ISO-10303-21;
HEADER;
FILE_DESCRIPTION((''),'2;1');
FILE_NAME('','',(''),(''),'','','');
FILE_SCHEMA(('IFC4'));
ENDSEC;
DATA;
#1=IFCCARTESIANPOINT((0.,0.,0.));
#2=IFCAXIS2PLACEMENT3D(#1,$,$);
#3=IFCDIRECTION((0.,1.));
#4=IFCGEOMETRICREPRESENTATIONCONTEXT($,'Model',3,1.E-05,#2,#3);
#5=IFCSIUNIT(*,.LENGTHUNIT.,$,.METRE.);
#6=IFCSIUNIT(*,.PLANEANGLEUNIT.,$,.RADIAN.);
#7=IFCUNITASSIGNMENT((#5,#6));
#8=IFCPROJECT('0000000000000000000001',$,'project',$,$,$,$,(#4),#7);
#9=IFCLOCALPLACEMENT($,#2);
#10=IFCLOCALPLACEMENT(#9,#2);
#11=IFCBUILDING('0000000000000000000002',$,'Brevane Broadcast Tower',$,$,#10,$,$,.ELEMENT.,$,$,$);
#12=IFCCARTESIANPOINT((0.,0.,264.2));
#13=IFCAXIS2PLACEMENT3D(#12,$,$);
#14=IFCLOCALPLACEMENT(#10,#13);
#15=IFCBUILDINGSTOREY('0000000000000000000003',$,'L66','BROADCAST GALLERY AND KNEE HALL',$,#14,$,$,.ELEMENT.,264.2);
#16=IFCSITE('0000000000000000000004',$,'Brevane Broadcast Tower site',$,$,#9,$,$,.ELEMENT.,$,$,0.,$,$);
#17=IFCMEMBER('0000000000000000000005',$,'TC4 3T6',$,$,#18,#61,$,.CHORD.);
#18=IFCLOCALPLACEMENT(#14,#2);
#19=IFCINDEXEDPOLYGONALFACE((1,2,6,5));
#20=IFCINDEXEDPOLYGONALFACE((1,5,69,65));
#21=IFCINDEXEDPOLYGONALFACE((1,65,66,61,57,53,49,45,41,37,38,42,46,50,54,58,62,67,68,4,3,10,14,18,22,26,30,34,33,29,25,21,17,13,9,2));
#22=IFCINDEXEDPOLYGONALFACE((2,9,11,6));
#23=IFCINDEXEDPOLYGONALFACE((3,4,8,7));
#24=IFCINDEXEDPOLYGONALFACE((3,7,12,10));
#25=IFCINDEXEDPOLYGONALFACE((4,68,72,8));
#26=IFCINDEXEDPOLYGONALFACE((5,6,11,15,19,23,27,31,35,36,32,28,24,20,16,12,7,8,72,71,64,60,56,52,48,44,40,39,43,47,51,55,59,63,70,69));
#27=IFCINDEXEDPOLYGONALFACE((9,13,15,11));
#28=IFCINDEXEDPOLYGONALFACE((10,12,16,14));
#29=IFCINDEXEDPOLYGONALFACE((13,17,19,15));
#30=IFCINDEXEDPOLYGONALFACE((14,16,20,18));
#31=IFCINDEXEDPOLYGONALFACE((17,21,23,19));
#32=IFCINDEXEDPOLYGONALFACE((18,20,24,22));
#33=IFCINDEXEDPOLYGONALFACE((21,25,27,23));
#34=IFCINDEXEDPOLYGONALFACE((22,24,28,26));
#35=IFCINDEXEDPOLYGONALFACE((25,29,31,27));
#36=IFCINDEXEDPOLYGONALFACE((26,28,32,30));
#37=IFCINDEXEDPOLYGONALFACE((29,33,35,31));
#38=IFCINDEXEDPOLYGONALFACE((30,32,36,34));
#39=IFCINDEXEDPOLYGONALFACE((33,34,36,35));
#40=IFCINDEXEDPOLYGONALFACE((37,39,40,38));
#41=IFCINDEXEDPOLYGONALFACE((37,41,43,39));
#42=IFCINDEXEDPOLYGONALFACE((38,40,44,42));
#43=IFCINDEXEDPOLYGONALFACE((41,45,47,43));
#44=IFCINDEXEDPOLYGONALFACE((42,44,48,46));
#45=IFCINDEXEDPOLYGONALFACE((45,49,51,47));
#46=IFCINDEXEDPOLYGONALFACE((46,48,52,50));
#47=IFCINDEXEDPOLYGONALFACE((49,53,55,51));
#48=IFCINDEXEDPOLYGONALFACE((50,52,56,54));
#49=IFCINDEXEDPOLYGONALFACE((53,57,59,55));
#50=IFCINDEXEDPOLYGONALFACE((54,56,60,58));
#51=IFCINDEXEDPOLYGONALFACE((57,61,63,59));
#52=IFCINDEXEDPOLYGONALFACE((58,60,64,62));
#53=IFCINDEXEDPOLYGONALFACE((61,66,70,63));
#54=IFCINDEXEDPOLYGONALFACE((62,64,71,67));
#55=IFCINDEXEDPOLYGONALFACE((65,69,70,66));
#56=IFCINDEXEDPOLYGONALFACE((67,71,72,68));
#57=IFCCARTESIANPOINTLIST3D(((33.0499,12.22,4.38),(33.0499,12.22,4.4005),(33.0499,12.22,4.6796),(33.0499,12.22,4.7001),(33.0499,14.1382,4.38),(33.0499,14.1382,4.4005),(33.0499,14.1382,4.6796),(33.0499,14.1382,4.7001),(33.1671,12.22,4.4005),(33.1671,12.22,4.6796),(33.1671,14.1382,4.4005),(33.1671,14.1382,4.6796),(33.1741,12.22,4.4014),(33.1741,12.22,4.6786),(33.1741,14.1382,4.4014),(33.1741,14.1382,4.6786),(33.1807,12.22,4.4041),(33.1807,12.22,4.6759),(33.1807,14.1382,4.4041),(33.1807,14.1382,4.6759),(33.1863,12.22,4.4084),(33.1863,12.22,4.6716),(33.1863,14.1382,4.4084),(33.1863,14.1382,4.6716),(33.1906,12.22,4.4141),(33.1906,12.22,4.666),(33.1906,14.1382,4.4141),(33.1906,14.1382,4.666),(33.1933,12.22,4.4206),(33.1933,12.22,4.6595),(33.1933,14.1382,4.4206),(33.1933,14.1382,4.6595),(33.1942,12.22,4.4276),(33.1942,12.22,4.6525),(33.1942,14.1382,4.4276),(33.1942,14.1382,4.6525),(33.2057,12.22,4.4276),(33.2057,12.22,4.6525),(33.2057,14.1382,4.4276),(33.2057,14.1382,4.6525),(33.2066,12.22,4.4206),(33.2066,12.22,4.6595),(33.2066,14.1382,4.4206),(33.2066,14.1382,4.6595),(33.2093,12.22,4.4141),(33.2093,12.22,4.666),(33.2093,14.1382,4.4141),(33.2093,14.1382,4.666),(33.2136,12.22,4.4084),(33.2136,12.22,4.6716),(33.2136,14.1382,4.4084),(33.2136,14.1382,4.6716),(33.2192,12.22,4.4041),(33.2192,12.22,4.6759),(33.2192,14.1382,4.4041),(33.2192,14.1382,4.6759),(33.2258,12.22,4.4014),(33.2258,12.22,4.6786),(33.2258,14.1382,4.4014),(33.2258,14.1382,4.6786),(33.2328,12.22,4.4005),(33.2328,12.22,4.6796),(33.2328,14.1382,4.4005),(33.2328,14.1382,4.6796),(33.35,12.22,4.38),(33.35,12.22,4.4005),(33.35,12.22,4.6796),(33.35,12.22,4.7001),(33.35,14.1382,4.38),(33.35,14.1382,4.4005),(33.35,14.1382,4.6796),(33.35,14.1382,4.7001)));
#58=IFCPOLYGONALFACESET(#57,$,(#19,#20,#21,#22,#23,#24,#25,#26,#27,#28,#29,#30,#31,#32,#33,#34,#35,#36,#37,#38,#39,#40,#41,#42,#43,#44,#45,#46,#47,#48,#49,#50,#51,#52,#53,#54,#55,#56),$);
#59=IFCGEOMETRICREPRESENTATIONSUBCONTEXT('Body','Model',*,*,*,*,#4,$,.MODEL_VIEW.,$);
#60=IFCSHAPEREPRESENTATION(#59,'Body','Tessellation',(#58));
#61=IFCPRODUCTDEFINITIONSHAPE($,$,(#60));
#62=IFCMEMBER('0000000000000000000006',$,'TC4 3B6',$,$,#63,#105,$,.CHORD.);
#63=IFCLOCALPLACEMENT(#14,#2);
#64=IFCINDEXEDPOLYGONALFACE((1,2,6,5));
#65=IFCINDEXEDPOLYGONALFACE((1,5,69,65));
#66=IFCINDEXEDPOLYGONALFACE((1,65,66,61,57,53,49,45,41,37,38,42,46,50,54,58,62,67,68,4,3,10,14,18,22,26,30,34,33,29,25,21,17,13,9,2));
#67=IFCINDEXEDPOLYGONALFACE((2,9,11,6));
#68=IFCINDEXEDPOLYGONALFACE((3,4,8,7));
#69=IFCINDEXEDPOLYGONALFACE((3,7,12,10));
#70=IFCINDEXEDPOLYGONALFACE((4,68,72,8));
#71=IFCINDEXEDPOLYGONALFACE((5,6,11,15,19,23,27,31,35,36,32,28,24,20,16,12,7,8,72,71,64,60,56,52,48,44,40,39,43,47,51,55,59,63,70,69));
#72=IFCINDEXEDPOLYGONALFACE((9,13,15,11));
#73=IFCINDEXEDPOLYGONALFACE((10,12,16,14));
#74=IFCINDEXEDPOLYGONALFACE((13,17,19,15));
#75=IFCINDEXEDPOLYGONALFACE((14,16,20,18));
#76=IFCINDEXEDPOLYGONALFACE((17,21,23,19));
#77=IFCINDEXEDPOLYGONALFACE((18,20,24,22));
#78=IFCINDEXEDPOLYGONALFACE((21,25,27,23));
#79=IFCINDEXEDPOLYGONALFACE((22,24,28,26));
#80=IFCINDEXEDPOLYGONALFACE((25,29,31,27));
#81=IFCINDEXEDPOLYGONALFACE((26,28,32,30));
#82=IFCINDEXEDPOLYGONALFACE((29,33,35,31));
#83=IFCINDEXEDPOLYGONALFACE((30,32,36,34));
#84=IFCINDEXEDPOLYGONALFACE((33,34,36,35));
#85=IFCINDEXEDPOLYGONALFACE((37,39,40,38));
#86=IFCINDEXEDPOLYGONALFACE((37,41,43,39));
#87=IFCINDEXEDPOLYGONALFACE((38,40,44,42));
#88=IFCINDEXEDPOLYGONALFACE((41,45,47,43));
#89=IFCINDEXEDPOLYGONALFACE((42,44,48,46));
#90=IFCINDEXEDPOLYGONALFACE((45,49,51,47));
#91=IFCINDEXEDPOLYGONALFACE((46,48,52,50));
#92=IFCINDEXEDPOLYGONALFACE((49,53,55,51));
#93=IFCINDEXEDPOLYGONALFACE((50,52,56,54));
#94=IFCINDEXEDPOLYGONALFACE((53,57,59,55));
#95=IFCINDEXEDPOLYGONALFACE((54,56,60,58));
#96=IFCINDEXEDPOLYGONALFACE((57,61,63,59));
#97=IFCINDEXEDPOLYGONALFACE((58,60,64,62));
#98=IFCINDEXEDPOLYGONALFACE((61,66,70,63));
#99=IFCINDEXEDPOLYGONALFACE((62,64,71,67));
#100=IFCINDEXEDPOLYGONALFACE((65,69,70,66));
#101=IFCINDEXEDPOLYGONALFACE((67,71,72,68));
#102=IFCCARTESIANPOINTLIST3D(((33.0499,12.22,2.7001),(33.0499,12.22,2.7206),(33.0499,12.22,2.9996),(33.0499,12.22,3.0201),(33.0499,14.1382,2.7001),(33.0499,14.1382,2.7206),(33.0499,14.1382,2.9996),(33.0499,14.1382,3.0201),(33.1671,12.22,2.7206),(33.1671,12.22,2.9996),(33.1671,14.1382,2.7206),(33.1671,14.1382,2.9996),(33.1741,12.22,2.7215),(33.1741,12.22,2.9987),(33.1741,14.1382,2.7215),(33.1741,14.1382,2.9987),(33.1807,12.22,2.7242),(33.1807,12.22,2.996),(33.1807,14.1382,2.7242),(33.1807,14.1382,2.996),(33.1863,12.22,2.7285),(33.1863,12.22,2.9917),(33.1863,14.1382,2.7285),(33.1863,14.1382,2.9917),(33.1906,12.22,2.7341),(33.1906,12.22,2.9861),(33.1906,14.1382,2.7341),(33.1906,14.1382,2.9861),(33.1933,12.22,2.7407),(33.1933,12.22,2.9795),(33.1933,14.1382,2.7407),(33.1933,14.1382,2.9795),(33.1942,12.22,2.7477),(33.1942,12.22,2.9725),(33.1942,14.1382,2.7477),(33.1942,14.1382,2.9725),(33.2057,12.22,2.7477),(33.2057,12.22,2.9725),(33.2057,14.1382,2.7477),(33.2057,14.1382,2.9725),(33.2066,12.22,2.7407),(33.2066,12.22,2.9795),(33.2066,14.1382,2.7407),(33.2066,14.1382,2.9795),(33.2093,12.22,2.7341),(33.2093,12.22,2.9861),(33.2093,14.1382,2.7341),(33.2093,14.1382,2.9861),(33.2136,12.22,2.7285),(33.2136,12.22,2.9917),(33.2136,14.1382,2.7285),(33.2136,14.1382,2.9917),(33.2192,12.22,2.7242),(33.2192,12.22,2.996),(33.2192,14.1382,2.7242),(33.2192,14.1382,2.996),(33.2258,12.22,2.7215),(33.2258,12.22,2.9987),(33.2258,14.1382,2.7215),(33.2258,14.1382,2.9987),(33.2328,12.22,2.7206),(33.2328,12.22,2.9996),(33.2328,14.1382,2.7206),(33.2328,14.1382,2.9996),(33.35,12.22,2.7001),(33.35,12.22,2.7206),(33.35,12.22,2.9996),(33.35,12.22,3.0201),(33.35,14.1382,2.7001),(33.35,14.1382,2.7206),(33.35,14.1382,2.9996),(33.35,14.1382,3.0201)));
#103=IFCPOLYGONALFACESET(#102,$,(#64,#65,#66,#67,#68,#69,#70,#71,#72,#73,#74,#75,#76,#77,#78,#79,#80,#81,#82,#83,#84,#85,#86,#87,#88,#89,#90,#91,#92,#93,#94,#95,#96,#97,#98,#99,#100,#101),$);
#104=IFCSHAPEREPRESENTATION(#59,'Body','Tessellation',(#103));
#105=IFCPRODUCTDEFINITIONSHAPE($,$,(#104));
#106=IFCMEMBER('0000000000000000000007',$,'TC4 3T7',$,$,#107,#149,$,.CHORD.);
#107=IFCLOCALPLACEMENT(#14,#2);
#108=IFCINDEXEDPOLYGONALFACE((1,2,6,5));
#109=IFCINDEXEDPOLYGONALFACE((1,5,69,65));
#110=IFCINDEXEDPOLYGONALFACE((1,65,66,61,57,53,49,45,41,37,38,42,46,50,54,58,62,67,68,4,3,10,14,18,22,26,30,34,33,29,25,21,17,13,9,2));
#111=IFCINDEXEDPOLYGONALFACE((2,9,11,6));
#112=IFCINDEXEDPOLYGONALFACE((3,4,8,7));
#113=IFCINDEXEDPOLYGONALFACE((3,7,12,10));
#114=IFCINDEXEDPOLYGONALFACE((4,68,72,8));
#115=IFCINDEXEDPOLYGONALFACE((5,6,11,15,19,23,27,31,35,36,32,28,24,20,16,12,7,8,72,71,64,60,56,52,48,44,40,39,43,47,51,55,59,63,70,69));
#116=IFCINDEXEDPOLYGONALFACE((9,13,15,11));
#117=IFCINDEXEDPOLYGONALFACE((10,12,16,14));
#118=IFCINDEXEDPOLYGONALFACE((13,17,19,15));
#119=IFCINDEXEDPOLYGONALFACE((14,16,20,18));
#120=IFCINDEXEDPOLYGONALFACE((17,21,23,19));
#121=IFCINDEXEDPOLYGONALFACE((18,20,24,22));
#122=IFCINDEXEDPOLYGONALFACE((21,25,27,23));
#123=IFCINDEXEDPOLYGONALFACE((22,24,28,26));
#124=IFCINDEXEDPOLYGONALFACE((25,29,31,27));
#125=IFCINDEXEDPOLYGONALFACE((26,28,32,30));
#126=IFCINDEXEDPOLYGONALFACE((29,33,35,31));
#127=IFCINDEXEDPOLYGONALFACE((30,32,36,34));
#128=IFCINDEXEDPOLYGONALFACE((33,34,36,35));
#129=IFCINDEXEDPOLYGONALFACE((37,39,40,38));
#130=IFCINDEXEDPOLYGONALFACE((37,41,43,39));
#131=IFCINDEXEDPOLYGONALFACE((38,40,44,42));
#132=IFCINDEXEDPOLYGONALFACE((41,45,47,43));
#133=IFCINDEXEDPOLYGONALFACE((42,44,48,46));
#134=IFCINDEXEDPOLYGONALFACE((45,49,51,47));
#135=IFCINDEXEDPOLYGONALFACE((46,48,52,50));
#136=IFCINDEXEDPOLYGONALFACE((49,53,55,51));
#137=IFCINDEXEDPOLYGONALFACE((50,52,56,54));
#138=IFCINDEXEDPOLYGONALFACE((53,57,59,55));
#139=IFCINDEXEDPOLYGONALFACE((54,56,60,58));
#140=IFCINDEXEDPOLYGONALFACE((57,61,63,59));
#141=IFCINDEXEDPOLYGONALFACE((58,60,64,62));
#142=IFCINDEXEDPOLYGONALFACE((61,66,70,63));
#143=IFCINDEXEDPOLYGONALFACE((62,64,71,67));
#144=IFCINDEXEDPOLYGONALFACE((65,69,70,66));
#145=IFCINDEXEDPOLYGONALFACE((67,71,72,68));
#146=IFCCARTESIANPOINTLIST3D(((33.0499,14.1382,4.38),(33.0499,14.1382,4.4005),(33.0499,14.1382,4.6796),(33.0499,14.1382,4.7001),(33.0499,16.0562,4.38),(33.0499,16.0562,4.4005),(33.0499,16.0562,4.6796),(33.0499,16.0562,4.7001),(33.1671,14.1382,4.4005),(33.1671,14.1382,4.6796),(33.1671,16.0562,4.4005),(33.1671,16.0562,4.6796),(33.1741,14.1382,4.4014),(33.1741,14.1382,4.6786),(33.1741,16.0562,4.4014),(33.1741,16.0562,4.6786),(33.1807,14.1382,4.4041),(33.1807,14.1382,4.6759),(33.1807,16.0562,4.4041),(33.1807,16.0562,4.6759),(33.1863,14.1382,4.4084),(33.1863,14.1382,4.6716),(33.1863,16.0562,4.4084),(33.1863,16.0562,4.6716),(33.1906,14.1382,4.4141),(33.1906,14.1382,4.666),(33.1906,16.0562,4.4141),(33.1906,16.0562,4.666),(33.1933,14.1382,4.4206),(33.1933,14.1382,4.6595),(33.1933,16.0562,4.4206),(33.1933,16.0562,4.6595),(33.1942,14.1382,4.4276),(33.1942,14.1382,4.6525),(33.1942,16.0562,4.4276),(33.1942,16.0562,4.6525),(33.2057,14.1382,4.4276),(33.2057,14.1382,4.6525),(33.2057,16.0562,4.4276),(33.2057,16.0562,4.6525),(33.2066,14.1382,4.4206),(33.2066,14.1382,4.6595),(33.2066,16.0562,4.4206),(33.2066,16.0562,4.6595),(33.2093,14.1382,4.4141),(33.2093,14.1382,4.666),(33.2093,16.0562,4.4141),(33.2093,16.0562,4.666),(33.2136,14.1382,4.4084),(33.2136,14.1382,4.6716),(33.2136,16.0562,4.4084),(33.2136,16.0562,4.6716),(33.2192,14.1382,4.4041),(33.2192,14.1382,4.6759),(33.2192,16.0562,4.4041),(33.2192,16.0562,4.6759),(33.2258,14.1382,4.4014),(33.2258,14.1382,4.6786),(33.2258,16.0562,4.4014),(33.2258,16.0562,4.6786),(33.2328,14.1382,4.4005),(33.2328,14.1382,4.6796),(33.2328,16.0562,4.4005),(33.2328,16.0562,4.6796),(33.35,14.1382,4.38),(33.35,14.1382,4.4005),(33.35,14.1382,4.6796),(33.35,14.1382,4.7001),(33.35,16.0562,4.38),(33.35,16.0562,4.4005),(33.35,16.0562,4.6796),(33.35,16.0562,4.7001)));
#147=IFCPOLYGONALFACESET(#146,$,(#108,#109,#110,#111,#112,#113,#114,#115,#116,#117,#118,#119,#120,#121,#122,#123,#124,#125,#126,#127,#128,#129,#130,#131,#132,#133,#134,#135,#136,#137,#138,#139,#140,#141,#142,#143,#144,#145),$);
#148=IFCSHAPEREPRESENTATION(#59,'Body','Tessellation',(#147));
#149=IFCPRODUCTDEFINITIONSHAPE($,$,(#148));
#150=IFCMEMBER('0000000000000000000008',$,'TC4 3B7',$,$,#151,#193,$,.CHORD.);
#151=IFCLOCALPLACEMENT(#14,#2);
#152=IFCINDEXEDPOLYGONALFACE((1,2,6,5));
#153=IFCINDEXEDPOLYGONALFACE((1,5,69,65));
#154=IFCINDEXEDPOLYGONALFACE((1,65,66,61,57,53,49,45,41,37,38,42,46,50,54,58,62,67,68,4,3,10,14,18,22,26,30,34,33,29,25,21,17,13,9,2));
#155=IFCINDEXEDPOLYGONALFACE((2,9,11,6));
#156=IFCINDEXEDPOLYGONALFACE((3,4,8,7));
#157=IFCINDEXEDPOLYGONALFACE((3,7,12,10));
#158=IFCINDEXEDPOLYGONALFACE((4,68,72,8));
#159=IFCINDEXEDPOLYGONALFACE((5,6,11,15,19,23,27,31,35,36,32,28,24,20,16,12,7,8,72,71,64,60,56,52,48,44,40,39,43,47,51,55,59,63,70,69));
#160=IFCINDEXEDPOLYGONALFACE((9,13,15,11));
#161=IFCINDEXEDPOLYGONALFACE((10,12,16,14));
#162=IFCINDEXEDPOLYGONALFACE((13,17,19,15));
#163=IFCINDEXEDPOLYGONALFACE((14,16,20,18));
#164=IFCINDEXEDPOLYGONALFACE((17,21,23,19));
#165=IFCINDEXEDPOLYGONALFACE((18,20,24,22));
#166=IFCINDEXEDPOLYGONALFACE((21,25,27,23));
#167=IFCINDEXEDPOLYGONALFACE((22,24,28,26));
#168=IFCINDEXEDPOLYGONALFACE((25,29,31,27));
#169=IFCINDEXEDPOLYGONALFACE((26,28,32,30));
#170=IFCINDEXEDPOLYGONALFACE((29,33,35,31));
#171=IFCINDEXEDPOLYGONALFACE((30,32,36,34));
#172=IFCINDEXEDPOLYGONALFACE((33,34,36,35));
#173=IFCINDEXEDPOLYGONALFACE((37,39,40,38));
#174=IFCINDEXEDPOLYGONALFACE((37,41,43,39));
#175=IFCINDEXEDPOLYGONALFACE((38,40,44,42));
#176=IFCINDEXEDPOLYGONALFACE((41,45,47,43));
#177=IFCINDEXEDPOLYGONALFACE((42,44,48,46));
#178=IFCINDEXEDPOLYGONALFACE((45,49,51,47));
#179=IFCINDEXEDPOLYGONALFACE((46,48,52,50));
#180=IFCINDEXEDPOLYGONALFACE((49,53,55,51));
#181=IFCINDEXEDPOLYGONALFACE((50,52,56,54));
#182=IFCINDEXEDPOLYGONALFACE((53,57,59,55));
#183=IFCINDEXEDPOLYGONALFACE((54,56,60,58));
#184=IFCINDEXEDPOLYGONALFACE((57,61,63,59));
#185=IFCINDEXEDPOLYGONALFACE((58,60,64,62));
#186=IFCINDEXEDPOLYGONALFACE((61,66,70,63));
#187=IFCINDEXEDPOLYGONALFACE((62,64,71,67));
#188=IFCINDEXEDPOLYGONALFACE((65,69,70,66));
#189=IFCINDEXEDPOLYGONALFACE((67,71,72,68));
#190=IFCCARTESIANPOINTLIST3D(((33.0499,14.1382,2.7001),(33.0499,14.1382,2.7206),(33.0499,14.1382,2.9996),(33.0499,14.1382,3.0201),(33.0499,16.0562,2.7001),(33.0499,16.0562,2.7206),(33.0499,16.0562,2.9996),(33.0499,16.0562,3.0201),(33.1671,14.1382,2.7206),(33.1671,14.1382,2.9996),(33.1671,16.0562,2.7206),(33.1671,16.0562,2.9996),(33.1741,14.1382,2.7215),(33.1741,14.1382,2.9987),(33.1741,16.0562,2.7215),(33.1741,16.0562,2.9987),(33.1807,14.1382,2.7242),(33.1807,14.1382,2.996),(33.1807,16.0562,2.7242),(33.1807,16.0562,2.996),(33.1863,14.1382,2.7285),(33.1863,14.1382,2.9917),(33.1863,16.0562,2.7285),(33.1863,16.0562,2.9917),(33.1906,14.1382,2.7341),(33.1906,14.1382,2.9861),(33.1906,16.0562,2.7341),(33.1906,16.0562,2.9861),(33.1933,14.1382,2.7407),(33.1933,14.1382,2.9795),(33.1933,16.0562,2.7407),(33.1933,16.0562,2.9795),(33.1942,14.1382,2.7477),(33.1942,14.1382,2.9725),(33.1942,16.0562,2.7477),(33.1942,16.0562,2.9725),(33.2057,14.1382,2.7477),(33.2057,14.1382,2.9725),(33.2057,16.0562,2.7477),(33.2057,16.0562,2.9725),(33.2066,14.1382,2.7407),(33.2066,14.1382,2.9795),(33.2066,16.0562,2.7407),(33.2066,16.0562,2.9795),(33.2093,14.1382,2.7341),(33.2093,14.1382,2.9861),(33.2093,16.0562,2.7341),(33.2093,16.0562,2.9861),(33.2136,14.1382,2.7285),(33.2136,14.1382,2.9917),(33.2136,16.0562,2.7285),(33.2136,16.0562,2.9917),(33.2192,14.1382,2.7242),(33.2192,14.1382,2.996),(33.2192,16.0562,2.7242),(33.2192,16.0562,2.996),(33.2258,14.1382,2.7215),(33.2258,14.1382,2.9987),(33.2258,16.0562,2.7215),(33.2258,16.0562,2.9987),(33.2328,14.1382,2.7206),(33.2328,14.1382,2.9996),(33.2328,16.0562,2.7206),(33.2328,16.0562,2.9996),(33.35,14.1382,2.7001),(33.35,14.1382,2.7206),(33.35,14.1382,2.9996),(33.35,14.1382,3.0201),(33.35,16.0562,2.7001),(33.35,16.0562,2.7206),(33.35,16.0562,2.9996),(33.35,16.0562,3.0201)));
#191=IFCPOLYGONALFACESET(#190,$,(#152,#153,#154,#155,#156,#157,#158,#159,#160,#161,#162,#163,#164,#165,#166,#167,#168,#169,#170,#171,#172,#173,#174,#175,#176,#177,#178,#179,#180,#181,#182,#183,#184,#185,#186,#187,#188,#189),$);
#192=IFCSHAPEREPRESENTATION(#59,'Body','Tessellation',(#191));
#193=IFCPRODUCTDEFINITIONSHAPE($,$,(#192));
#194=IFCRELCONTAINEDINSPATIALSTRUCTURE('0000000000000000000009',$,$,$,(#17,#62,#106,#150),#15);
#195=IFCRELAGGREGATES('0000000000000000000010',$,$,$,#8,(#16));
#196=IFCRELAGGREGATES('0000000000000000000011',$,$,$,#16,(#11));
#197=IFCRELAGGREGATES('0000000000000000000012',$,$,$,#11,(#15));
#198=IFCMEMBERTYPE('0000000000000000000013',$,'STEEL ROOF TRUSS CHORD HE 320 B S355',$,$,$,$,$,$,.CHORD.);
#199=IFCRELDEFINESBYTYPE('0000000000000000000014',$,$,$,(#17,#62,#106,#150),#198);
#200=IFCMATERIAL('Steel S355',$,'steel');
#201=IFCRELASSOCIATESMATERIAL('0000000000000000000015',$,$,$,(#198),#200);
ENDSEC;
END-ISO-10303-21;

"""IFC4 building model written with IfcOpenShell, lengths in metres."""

from ifc_helpers import new_model, si_unit, direction, frame, origin, origin_2d, place, context, subcontext, project, spatial, i_section, extrude, material, material_profile, profile_set, type_object, element, save


model = new_model("IFC4")

# Units and contexts
model_context = context("Model", 3, precision=1e-05, world=origin(), true_north=direction((0.0, 1.0)))
body_context = subcontext(model_context, "Body", "Model", "MODEL_VIEW")
ifc_project = project(units=[si_unit("LENGTHUNIT", "METRE"), si_unit("PLANEANGLEUNIT", "RADIAN")], contexts=[model_context])

# Site, building, storey
site_placement = place(None, origin())
site = spatial("IfcSite", under=ifc_project, at=site_placement, Name="Brevane Broadcast Tower site", CompositionType="ELEMENT", RefElevation=0.0)
building_placement = place(site_placement, origin())
building = spatial("IfcBuilding", under=site, at=building_placement, Name="Brevane Broadcast Tower", CompositionType="ELEMENT")
storey_placement = place(building_placement, frame((0.0, 0.0, 264.2)))
storey = spatial("IfcBuildingStorey", under=building, at=storey_placement, Name="L66", Description="BROADCAST GALLERY AND KNEE HALL", CompositionType="ELEMENT", Elevation=264.2)

# Members
ifc_material_1 = material(Name="Steel S355", Category="steel")
ifc_material_profile_1 = material_profile(ifc_material_1, i_section(OverallWidth=0.3, OverallDepth=0.3201, WebThickness=0.0115, FlangeThickness=0.0205, FilletRadius=0.0271, at=origin_2d()), Name="HE 320 B")
ifc_profile_set_1 = profile_set([ifc_material_profile_1], Name="Steel S355")
member_type_1 = type_object("IfcMemberType", Name="STEEL ROOF TRUSS CHORD HE 320 B S355", PredefinedType="CHORD", material=ifc_profile_set_1)
for number, where, z_axis, x_axis, name in (
    (1, (33.2, 12.22, 4.54), (0.0, 1.0, 0.0), (-1.0, 0.0, 0.0), "TC4 3T6"),
    (2, (33.2, 12.22, 2.8601), (0.0, 1.0, 0.0), (-1.0, 0.0, 0.0), "TC4 3B6"),
):
    element("IfcMember", number, at=place(storey_placement, frame(where, z_axis=z_axis, x_axis=x_axis)), inside=storey, type_object=member_type_1, Name=name, PredefinedType="CHORD", context=body_context, shape_type="SweptSolid", body=[
        extrude(i_section(OverallWidth=0.3, OverallDepth=0.3201, WebThickness=0.0115, FlangeThickness=0.0205, FilletRadius=0.0271, at=origin_2d()), origin(), (0.0, 0.0, 1.0), 1.9182),
    ])
for number, where, z_axis, x_axis, name in (
    (3, (33.2, 14.1382, 4.54), (0.0, 1.0, 0.0), (-1.0, 0.0, 0.0), "TC4 3T7"),
    (4, (33.2, 14.1382, 2.8601), (0.0, 1.0, 0.0), (-1.0, 0.0, 0.0), "TC4 3B7"),
):
    element("IfcMember", number, at=place(storey_placement, frame(where, z_axis=z_axis, x_axis=x_axis)), inside=storey, type_object=member_type_1, Name=name, PredefinedType="CHORD", context=body_context, shape_type="SweptSolid", body=[
        extrude(i_section(OverallWidth=0.3, OverallDepth=0.3201, WebThickness=0.0115, FlangeThickness=0.0205, FilletRadius=0.0271, at=origin_2d()), origin(), (0.0, 0.0, 1.0), 1.918),
    ])

save(model, "model.ifc")
